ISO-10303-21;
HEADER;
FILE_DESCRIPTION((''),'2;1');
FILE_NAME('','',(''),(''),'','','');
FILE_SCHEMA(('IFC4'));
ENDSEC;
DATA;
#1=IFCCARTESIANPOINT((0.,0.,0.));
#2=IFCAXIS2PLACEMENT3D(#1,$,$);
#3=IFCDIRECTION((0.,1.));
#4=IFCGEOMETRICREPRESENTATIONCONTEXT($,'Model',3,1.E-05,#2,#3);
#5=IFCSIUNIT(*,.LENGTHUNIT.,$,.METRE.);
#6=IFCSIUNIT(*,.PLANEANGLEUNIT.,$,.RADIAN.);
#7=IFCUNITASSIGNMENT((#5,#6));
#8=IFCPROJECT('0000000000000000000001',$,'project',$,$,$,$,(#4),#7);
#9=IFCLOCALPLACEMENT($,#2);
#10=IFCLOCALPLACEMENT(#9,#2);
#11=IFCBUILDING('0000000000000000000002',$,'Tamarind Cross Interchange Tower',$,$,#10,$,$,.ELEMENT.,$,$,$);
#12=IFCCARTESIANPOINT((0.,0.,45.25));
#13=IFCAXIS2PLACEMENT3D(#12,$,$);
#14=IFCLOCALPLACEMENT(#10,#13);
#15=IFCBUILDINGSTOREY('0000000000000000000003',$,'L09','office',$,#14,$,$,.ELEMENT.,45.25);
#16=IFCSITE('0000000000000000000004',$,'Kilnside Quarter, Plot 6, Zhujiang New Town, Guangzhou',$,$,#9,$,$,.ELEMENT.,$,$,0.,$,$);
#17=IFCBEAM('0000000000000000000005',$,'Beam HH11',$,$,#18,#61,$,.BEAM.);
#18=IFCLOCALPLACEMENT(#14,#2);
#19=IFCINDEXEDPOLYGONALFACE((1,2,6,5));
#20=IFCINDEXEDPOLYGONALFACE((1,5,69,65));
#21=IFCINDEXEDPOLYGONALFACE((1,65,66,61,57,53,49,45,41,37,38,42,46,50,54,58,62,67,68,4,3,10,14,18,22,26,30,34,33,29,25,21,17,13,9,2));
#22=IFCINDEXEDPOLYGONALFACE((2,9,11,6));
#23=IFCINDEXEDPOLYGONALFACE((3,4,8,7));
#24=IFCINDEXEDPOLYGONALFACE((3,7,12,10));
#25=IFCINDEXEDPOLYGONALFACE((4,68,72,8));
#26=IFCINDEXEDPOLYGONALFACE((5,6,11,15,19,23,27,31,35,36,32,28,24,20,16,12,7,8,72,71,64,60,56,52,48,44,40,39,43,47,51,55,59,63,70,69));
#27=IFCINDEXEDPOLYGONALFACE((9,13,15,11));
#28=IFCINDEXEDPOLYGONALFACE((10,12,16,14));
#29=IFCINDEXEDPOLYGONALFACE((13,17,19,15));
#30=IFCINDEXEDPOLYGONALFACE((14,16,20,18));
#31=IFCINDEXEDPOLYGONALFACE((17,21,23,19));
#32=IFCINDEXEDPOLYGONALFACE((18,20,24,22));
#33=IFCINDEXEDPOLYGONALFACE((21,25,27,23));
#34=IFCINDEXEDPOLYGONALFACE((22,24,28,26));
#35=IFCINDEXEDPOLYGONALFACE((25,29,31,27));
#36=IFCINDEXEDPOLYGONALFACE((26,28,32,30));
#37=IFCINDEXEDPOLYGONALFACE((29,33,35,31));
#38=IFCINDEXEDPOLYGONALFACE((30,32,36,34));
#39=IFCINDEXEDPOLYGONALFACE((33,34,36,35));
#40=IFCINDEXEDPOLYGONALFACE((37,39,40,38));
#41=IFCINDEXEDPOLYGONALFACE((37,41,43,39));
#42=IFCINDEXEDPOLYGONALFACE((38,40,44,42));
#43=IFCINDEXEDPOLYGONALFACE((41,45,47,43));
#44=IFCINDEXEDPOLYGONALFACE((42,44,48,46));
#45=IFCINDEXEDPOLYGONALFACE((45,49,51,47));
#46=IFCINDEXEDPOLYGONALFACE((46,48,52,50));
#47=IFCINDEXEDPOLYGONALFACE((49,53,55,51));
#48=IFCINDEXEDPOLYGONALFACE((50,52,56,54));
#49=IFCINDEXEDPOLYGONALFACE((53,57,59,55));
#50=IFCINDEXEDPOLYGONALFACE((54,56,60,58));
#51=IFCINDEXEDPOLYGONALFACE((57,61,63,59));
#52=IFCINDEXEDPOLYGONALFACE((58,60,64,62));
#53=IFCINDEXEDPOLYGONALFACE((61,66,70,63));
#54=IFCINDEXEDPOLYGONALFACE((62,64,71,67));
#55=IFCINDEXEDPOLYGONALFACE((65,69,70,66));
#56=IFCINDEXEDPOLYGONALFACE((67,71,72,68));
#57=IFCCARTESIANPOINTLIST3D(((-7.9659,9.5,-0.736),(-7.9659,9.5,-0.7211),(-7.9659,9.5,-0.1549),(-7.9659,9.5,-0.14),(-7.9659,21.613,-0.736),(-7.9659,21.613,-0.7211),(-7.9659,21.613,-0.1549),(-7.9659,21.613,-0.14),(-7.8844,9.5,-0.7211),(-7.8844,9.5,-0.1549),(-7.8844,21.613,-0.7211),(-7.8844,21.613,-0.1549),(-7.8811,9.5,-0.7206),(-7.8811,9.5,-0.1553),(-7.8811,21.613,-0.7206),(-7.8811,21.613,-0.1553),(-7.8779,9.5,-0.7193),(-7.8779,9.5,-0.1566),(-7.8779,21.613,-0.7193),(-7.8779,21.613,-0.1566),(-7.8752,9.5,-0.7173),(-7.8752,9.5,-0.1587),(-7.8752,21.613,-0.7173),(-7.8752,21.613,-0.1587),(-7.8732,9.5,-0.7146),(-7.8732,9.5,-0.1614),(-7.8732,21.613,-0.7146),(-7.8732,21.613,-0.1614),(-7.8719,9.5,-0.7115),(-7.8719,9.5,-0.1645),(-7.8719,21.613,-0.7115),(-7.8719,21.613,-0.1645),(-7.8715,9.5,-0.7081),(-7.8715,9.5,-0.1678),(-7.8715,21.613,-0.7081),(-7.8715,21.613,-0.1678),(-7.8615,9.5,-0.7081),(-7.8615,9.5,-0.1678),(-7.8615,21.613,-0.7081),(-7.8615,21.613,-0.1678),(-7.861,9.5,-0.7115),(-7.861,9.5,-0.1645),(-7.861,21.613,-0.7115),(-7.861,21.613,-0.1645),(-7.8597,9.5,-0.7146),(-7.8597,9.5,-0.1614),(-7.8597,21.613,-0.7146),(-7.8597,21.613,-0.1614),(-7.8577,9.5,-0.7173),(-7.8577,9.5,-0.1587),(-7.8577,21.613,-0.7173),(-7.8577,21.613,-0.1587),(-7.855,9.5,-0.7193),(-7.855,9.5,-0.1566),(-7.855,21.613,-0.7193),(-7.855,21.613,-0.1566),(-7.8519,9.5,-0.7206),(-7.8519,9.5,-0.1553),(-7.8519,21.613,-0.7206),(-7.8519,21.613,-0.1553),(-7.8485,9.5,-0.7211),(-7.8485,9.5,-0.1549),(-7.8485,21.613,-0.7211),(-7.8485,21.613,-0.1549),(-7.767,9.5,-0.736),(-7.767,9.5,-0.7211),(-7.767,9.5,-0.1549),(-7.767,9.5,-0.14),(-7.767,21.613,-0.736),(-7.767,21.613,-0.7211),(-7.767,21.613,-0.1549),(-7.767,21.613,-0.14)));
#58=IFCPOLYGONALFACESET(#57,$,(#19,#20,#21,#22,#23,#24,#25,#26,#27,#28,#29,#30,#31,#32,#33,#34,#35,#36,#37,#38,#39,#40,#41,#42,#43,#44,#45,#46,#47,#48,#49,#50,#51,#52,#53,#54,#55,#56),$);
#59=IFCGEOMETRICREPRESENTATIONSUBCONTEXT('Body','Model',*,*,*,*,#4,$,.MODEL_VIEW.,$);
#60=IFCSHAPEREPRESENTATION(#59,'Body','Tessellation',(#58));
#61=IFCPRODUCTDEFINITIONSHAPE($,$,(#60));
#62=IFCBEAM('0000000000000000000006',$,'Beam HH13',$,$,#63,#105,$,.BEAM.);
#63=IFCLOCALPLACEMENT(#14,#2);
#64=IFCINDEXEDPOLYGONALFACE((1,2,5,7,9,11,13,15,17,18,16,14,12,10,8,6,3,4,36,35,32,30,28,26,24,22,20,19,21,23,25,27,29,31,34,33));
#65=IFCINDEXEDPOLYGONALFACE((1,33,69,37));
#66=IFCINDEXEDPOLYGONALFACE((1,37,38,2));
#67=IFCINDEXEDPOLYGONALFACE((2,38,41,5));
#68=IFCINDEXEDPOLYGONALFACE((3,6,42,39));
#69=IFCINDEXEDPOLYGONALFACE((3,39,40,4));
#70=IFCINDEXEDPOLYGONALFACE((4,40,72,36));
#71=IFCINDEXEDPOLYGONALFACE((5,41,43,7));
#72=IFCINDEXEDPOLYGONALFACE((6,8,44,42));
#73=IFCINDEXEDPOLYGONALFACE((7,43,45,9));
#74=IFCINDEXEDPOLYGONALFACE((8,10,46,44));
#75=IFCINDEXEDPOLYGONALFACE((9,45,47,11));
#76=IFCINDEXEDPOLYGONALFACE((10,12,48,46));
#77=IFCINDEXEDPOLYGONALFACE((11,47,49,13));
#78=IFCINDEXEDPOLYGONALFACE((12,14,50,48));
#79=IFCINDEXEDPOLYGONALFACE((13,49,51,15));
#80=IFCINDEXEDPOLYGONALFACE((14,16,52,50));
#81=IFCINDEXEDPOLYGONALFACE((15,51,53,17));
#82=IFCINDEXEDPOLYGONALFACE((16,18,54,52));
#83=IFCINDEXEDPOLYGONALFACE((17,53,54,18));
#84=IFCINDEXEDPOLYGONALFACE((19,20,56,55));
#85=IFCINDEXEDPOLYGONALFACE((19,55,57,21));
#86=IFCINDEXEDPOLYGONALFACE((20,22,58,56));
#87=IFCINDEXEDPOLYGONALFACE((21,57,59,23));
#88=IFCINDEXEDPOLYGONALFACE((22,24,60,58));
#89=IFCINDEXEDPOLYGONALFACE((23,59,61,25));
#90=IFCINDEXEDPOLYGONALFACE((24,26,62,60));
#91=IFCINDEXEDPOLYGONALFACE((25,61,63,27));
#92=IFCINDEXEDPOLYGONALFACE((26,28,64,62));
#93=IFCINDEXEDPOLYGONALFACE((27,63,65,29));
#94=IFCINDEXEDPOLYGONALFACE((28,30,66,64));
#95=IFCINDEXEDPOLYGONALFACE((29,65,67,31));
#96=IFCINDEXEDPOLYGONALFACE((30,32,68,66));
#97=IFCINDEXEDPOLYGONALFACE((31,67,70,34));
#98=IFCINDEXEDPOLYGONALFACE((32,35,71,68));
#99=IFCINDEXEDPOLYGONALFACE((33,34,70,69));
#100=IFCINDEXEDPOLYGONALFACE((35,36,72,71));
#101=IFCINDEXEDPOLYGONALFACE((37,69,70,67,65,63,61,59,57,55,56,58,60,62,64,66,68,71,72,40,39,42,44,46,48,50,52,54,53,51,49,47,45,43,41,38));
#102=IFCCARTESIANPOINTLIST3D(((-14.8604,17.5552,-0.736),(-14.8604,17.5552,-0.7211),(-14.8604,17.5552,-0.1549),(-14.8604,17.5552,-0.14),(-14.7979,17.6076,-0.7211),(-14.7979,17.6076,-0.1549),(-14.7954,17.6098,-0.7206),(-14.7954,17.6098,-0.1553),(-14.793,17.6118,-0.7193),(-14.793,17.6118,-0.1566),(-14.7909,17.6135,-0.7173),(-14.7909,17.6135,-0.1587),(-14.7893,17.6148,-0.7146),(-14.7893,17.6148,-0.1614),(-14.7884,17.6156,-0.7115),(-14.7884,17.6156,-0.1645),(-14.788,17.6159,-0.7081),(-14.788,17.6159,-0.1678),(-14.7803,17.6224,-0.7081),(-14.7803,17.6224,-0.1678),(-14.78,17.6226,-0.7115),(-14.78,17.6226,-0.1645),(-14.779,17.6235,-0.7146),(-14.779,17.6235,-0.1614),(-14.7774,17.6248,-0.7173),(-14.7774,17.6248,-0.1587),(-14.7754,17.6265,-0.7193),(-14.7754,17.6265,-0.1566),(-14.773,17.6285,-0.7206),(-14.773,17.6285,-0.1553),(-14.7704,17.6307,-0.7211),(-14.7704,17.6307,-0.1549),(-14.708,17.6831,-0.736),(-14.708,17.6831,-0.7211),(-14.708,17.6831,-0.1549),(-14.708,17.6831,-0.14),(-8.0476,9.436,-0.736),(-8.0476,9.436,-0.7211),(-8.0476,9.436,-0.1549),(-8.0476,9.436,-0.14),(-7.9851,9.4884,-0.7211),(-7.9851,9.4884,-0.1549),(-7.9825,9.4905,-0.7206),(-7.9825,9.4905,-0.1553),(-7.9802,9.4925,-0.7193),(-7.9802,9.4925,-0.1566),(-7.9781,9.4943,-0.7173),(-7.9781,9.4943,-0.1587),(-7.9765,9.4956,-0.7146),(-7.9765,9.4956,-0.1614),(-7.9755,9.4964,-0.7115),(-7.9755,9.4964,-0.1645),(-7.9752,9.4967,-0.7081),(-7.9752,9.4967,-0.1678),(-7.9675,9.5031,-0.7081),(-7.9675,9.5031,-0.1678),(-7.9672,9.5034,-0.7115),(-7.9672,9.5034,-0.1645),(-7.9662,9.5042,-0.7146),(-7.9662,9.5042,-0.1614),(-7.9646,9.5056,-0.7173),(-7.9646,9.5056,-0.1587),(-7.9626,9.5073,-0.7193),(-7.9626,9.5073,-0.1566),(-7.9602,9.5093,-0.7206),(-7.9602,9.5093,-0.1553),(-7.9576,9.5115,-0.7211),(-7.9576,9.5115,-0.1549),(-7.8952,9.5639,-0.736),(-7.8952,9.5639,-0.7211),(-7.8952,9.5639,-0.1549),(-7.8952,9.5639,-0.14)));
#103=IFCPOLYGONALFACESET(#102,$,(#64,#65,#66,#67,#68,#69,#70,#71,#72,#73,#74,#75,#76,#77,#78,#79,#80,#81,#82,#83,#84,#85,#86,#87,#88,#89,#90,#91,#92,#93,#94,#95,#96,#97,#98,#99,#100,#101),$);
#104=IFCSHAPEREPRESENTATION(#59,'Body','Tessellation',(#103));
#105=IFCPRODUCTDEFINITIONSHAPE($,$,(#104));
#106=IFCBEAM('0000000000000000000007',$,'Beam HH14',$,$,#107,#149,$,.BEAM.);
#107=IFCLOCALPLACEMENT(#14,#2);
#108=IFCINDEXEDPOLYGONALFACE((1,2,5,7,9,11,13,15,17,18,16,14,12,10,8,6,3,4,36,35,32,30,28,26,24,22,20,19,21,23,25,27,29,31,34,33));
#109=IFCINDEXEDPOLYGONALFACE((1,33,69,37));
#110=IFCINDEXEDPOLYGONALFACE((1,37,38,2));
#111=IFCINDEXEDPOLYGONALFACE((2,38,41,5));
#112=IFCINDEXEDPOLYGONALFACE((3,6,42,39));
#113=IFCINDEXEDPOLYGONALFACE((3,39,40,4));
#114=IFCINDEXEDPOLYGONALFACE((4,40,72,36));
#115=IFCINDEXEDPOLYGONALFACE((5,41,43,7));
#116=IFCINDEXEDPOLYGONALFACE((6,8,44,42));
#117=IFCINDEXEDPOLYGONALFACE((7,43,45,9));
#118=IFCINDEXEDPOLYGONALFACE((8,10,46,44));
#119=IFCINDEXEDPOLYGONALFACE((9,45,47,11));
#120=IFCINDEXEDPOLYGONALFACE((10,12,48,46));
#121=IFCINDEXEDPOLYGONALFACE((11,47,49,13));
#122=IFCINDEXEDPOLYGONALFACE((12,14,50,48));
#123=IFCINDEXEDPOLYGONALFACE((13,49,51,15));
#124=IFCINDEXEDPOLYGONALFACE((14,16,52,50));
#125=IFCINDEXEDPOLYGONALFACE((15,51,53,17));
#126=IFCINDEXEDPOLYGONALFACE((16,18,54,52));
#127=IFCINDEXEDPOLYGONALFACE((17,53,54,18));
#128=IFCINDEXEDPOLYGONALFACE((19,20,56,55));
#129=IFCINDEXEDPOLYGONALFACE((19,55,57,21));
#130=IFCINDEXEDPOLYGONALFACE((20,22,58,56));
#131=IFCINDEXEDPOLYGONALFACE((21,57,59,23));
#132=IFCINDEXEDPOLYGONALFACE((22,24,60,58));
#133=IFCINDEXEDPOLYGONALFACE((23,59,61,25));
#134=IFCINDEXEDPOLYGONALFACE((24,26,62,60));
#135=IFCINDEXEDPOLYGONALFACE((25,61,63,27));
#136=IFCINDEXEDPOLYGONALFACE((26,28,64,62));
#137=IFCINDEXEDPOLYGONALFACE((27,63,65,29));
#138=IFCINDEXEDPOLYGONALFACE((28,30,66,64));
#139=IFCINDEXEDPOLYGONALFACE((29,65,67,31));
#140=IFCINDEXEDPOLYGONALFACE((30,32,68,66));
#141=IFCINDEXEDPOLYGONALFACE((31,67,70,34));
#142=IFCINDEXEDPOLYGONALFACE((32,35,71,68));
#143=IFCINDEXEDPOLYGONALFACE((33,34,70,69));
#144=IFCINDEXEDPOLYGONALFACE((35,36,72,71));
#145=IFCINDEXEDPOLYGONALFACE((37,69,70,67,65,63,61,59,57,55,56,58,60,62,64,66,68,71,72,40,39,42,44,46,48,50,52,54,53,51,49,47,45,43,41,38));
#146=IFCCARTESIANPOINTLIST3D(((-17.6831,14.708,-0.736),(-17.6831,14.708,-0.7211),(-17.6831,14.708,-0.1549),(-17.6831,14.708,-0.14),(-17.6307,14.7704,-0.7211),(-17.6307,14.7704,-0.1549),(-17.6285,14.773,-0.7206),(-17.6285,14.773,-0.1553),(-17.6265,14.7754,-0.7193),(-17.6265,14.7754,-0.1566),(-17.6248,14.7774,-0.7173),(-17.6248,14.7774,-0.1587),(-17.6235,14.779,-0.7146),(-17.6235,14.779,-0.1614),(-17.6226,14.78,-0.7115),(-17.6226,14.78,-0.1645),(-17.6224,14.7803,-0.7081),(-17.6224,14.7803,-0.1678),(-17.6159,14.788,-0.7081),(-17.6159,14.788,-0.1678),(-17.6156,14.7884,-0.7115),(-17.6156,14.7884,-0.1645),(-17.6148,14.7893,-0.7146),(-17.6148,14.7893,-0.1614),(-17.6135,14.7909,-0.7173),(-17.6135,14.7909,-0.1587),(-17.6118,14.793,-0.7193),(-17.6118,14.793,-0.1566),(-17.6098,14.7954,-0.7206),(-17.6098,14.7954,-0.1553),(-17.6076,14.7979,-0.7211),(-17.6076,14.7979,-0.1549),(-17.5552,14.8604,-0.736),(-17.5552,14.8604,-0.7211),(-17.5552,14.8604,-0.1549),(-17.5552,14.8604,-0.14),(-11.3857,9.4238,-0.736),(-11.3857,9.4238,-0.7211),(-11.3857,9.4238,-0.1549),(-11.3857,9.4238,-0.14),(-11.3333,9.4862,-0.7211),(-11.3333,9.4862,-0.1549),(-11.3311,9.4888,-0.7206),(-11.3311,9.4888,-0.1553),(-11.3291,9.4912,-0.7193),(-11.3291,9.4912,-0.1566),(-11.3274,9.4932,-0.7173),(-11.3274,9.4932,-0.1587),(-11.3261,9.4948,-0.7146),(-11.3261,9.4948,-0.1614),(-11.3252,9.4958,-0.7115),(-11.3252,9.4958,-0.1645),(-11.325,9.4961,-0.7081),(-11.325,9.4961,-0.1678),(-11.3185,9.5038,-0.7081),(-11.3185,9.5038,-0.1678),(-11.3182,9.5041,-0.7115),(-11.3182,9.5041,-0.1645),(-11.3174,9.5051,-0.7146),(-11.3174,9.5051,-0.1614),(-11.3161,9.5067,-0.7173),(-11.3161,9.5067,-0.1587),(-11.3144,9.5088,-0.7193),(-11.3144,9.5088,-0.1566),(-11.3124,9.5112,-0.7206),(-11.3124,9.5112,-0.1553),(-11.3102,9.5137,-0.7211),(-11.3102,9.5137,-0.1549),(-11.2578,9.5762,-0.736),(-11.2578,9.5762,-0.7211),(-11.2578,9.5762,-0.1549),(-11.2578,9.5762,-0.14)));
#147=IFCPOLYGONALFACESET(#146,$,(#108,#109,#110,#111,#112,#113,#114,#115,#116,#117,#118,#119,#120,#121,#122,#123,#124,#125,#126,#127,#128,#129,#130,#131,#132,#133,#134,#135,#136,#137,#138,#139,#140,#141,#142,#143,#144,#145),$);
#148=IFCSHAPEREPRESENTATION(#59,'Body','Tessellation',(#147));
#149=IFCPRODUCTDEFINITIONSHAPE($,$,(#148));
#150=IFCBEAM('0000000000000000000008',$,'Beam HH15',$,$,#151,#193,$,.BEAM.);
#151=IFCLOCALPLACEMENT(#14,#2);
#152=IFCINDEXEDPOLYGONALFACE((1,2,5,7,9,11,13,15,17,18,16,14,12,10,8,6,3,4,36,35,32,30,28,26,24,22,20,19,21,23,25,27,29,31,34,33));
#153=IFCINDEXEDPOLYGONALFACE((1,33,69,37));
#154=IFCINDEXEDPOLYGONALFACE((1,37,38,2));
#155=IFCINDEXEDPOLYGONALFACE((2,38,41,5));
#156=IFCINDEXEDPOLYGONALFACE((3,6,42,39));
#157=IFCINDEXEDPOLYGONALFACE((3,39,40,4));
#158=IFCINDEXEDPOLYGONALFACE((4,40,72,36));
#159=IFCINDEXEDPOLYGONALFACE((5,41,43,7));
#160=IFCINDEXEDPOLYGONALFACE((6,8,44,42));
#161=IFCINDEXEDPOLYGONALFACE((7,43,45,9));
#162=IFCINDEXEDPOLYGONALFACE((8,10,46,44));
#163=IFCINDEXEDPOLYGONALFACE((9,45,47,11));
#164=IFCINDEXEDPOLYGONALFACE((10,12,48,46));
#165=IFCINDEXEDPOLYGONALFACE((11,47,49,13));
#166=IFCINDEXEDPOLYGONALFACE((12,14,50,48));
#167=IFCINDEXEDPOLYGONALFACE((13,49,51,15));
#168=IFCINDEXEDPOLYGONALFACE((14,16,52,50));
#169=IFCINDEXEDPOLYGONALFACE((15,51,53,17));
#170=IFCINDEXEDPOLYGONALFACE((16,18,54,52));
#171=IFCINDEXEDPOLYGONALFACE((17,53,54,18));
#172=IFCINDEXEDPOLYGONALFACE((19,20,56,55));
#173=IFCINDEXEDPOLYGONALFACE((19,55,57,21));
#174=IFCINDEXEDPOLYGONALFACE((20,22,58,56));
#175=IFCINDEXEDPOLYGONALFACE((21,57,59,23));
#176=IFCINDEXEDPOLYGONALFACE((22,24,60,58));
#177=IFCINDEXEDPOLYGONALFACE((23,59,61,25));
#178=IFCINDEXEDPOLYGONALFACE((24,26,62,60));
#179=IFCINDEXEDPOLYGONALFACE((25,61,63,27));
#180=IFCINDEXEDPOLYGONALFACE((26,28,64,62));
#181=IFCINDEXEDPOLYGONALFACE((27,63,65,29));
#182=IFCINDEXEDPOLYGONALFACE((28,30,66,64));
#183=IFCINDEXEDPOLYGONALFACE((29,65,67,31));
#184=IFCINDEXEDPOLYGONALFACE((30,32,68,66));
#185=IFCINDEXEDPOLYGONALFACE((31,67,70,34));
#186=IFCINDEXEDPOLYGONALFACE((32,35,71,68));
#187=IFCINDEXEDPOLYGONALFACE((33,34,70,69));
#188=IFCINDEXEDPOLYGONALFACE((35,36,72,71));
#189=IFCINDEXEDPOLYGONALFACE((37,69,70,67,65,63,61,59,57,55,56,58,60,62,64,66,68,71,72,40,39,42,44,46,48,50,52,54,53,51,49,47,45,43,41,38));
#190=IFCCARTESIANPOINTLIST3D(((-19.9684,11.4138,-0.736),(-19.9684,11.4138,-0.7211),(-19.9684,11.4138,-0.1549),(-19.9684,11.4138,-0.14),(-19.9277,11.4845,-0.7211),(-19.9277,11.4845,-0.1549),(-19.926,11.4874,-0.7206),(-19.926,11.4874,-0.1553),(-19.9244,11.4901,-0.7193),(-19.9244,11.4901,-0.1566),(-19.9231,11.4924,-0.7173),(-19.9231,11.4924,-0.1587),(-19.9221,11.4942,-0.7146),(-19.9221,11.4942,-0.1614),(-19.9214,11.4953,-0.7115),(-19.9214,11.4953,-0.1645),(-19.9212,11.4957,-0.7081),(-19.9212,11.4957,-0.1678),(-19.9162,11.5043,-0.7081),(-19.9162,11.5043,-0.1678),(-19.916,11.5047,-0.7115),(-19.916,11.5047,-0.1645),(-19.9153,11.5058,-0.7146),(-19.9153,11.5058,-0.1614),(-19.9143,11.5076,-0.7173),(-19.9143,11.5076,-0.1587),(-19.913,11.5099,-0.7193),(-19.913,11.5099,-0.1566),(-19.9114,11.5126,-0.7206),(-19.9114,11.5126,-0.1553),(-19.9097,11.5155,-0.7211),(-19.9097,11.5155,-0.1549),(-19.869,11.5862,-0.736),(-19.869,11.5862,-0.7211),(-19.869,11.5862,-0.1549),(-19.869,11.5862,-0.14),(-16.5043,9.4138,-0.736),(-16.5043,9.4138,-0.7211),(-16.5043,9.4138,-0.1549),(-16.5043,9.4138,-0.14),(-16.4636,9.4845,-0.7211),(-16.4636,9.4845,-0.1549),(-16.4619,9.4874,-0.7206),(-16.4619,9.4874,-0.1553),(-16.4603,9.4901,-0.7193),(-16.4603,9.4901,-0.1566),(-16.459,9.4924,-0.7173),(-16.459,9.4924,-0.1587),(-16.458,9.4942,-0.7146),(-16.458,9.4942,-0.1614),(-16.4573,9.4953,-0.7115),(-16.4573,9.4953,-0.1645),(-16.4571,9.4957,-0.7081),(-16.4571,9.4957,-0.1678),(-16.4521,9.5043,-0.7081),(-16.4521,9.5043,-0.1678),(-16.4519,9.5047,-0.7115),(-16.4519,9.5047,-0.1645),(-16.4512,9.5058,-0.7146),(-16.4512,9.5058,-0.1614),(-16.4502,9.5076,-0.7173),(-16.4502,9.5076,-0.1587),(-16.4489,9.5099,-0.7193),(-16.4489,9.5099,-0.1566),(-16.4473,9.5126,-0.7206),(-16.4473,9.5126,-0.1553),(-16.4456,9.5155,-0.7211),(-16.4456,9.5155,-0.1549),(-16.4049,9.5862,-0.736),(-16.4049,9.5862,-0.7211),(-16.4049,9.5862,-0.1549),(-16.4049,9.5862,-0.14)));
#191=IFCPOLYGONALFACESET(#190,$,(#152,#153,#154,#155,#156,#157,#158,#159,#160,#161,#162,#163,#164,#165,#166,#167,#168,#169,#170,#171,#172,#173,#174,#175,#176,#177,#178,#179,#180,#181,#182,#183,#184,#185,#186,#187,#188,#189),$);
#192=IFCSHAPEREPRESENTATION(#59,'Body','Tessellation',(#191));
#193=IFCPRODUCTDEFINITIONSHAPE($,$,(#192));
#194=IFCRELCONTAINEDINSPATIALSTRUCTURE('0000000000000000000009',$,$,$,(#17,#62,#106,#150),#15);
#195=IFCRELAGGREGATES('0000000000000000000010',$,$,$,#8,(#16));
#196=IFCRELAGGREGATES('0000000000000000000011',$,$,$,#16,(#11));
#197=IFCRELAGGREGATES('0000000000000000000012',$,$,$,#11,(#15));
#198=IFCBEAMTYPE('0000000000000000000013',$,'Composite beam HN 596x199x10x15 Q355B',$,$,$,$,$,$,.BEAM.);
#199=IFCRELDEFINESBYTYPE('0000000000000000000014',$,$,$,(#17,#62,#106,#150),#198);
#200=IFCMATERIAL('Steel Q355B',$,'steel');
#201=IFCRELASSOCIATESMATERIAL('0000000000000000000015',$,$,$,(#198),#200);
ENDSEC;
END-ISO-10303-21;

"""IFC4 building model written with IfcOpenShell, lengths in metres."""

from ifc_helpers import new_model, si_unit, direction, frame, origin, origin_2d, place, context, subcontext, project, spatial, i_section, extrude, material, material_profile, profile_set, type_object, element, save


model = new_model("IFC4")

# Units and contexts
model_context = context("Model", 3, precision=1e-05, world=origin(), true_north=direction((0.0, 1.0)))
body_context = subcontext(model_context, "Body", "Model", "MODEL_VIEW")
ifc_project = project(units=[si_unit("LENGTHUNIT", "METRE"), si_unit("PLANEANGLEUNIT", "RADIAN")], contexts=[model_context])

# Site, building, storey
site_placement = place(None, origin())
site = spatial("IfcSite", under=ifc_project, at=site_placement, Name="Kilnside Quarter, Plot 6, Zhujiang New Town, Guangzhou", CompositionType="ELEMENT", RefElevation=0.0)
building_placement = place(site_placement, origin())
building = spatial("IfcBuilding", under=site, at=building_placement, Name="Tamarind Cross Interchange Tower", CompositionType="ELEMENT")
storey_placement = place(building_placement, frame((0.0, 0.0, 45.25)))
storey = spatial("IfcBuildingStorey", under=building, at=storey_placement, Name="L09", Description="office", CompositionType="ELEMENT", Elevation=45.25)

# Beams
ifc_material_1 = material(Name="Steel Q355B", Category="steel")
ifc_material_profile_1 = material_profile(ifc_material_1, i_section(OverallWidth=0.199, OverallDepth=0.5959, WebThickness=0.01, FlangeThickness=0.0149, FilletRadius=0.0129, at=origin_2d()), Name="HN 596x199x10x15")
ifc_profile_set_1 = profile_set([ifc_material_profile_1], Name="Steel Q355B")
beam_type_1 = type_object("IfcBeamType", Name="Composite beam HN 596x199x10x15 Q355B", PredefinedType="BEAM", material=ifc_profile_set_1)
beam_1_placement = place(storey_placement, frame((-7.8665, 21.613, -0.438), z_axis=(0.0, -1.0, 0.0), x_axis=(1.0, 0.0, 0.0)))
element("IfcBeam", 1, at=beam_1_placement, inside=storey, type_object=beam_type_1, Name="Beam HH11", PredefinedType="BEAM", context=body_context, shape_type="SweptSolid", body=[
    extrude(i_section(OverallWidth=0.199, OverallDepth=0.5959, WebThickness=0.01, FlangeThickness=0.0149, FilletRadius=0.0129, at=origin_2d()), origin(), (0.0, 0.0, 1.0), 12.113),
])
beam_2_placement = place(storey_placement, frame((-14.7842, 17.6191, -0.438), z_axis=(0.642786, -0.766046, 0.0), x_axis=(0.766046, 0.642786, 0.0)))
element("IfcBeam", 2, at=beam_2_placement, inside=storey, type_object=beam_type_1, Name="Beam HH13", PredefinedType="BEAM", context=body_context, shape_type="SweptSolid", body=[
    extrude(i_section(OverallWidth=0.199, OverallDepth=0.5959, WebThickness=0.01, FlangeThickness=0.0149, FilletRadius=0.0129, at=origin_2d()), origin(), (0.0, 0.0, 1.0), 10.5989),
])
beam_3_placement = place(storey_placement, frame((-17.6191, 14.7842, -0.438), z_axis=(0.766041, -0.642792, 0.0), x_axis=(0.642792, 0.766041, 0.0)))
element("IfcBeam", 3, at=beam_3_placement, inside=storey, type_object=beam_type_1, Name="Beam HH14", PredefinedType="BEAM", context=body_context, shape_type="SweptSolid", body=[
    extrude(i_section(OverallWidth=0.199, OverallDepth=0.5959, WebThickness=0.01, FlangeThickness=0.0149, FilletRadius=0.0129, at=origin_2d()), origin(), (0.0, 0.0, 1.0), 8.2207),
])
beam_4_placement = place(storey_placement, frame((-19.9187, 11.5, -0.438), z_axis=(0.866026, -0.499999, 0.0), x_axis=(0.499999, 0.866026, 0.0)))
element("IfcBeam", 4, at=beam_4_placement, inside=storey, type_object=beam_type_1, Name="Beam HH15", PredefinedType="BEAM", context=body_context, shape_type="SweptSolid", body=[
    extrude(i_section(OverallWidth=0.199, OverallDepth=0.5959, WebThickness=0.01, FlangeThickness=0.0149, FilletRadius=0.0129, at=origin_2d()), origin(), (0.0, 0.0, 1.0), 4.0),
])

save(model, "model.ifc")
